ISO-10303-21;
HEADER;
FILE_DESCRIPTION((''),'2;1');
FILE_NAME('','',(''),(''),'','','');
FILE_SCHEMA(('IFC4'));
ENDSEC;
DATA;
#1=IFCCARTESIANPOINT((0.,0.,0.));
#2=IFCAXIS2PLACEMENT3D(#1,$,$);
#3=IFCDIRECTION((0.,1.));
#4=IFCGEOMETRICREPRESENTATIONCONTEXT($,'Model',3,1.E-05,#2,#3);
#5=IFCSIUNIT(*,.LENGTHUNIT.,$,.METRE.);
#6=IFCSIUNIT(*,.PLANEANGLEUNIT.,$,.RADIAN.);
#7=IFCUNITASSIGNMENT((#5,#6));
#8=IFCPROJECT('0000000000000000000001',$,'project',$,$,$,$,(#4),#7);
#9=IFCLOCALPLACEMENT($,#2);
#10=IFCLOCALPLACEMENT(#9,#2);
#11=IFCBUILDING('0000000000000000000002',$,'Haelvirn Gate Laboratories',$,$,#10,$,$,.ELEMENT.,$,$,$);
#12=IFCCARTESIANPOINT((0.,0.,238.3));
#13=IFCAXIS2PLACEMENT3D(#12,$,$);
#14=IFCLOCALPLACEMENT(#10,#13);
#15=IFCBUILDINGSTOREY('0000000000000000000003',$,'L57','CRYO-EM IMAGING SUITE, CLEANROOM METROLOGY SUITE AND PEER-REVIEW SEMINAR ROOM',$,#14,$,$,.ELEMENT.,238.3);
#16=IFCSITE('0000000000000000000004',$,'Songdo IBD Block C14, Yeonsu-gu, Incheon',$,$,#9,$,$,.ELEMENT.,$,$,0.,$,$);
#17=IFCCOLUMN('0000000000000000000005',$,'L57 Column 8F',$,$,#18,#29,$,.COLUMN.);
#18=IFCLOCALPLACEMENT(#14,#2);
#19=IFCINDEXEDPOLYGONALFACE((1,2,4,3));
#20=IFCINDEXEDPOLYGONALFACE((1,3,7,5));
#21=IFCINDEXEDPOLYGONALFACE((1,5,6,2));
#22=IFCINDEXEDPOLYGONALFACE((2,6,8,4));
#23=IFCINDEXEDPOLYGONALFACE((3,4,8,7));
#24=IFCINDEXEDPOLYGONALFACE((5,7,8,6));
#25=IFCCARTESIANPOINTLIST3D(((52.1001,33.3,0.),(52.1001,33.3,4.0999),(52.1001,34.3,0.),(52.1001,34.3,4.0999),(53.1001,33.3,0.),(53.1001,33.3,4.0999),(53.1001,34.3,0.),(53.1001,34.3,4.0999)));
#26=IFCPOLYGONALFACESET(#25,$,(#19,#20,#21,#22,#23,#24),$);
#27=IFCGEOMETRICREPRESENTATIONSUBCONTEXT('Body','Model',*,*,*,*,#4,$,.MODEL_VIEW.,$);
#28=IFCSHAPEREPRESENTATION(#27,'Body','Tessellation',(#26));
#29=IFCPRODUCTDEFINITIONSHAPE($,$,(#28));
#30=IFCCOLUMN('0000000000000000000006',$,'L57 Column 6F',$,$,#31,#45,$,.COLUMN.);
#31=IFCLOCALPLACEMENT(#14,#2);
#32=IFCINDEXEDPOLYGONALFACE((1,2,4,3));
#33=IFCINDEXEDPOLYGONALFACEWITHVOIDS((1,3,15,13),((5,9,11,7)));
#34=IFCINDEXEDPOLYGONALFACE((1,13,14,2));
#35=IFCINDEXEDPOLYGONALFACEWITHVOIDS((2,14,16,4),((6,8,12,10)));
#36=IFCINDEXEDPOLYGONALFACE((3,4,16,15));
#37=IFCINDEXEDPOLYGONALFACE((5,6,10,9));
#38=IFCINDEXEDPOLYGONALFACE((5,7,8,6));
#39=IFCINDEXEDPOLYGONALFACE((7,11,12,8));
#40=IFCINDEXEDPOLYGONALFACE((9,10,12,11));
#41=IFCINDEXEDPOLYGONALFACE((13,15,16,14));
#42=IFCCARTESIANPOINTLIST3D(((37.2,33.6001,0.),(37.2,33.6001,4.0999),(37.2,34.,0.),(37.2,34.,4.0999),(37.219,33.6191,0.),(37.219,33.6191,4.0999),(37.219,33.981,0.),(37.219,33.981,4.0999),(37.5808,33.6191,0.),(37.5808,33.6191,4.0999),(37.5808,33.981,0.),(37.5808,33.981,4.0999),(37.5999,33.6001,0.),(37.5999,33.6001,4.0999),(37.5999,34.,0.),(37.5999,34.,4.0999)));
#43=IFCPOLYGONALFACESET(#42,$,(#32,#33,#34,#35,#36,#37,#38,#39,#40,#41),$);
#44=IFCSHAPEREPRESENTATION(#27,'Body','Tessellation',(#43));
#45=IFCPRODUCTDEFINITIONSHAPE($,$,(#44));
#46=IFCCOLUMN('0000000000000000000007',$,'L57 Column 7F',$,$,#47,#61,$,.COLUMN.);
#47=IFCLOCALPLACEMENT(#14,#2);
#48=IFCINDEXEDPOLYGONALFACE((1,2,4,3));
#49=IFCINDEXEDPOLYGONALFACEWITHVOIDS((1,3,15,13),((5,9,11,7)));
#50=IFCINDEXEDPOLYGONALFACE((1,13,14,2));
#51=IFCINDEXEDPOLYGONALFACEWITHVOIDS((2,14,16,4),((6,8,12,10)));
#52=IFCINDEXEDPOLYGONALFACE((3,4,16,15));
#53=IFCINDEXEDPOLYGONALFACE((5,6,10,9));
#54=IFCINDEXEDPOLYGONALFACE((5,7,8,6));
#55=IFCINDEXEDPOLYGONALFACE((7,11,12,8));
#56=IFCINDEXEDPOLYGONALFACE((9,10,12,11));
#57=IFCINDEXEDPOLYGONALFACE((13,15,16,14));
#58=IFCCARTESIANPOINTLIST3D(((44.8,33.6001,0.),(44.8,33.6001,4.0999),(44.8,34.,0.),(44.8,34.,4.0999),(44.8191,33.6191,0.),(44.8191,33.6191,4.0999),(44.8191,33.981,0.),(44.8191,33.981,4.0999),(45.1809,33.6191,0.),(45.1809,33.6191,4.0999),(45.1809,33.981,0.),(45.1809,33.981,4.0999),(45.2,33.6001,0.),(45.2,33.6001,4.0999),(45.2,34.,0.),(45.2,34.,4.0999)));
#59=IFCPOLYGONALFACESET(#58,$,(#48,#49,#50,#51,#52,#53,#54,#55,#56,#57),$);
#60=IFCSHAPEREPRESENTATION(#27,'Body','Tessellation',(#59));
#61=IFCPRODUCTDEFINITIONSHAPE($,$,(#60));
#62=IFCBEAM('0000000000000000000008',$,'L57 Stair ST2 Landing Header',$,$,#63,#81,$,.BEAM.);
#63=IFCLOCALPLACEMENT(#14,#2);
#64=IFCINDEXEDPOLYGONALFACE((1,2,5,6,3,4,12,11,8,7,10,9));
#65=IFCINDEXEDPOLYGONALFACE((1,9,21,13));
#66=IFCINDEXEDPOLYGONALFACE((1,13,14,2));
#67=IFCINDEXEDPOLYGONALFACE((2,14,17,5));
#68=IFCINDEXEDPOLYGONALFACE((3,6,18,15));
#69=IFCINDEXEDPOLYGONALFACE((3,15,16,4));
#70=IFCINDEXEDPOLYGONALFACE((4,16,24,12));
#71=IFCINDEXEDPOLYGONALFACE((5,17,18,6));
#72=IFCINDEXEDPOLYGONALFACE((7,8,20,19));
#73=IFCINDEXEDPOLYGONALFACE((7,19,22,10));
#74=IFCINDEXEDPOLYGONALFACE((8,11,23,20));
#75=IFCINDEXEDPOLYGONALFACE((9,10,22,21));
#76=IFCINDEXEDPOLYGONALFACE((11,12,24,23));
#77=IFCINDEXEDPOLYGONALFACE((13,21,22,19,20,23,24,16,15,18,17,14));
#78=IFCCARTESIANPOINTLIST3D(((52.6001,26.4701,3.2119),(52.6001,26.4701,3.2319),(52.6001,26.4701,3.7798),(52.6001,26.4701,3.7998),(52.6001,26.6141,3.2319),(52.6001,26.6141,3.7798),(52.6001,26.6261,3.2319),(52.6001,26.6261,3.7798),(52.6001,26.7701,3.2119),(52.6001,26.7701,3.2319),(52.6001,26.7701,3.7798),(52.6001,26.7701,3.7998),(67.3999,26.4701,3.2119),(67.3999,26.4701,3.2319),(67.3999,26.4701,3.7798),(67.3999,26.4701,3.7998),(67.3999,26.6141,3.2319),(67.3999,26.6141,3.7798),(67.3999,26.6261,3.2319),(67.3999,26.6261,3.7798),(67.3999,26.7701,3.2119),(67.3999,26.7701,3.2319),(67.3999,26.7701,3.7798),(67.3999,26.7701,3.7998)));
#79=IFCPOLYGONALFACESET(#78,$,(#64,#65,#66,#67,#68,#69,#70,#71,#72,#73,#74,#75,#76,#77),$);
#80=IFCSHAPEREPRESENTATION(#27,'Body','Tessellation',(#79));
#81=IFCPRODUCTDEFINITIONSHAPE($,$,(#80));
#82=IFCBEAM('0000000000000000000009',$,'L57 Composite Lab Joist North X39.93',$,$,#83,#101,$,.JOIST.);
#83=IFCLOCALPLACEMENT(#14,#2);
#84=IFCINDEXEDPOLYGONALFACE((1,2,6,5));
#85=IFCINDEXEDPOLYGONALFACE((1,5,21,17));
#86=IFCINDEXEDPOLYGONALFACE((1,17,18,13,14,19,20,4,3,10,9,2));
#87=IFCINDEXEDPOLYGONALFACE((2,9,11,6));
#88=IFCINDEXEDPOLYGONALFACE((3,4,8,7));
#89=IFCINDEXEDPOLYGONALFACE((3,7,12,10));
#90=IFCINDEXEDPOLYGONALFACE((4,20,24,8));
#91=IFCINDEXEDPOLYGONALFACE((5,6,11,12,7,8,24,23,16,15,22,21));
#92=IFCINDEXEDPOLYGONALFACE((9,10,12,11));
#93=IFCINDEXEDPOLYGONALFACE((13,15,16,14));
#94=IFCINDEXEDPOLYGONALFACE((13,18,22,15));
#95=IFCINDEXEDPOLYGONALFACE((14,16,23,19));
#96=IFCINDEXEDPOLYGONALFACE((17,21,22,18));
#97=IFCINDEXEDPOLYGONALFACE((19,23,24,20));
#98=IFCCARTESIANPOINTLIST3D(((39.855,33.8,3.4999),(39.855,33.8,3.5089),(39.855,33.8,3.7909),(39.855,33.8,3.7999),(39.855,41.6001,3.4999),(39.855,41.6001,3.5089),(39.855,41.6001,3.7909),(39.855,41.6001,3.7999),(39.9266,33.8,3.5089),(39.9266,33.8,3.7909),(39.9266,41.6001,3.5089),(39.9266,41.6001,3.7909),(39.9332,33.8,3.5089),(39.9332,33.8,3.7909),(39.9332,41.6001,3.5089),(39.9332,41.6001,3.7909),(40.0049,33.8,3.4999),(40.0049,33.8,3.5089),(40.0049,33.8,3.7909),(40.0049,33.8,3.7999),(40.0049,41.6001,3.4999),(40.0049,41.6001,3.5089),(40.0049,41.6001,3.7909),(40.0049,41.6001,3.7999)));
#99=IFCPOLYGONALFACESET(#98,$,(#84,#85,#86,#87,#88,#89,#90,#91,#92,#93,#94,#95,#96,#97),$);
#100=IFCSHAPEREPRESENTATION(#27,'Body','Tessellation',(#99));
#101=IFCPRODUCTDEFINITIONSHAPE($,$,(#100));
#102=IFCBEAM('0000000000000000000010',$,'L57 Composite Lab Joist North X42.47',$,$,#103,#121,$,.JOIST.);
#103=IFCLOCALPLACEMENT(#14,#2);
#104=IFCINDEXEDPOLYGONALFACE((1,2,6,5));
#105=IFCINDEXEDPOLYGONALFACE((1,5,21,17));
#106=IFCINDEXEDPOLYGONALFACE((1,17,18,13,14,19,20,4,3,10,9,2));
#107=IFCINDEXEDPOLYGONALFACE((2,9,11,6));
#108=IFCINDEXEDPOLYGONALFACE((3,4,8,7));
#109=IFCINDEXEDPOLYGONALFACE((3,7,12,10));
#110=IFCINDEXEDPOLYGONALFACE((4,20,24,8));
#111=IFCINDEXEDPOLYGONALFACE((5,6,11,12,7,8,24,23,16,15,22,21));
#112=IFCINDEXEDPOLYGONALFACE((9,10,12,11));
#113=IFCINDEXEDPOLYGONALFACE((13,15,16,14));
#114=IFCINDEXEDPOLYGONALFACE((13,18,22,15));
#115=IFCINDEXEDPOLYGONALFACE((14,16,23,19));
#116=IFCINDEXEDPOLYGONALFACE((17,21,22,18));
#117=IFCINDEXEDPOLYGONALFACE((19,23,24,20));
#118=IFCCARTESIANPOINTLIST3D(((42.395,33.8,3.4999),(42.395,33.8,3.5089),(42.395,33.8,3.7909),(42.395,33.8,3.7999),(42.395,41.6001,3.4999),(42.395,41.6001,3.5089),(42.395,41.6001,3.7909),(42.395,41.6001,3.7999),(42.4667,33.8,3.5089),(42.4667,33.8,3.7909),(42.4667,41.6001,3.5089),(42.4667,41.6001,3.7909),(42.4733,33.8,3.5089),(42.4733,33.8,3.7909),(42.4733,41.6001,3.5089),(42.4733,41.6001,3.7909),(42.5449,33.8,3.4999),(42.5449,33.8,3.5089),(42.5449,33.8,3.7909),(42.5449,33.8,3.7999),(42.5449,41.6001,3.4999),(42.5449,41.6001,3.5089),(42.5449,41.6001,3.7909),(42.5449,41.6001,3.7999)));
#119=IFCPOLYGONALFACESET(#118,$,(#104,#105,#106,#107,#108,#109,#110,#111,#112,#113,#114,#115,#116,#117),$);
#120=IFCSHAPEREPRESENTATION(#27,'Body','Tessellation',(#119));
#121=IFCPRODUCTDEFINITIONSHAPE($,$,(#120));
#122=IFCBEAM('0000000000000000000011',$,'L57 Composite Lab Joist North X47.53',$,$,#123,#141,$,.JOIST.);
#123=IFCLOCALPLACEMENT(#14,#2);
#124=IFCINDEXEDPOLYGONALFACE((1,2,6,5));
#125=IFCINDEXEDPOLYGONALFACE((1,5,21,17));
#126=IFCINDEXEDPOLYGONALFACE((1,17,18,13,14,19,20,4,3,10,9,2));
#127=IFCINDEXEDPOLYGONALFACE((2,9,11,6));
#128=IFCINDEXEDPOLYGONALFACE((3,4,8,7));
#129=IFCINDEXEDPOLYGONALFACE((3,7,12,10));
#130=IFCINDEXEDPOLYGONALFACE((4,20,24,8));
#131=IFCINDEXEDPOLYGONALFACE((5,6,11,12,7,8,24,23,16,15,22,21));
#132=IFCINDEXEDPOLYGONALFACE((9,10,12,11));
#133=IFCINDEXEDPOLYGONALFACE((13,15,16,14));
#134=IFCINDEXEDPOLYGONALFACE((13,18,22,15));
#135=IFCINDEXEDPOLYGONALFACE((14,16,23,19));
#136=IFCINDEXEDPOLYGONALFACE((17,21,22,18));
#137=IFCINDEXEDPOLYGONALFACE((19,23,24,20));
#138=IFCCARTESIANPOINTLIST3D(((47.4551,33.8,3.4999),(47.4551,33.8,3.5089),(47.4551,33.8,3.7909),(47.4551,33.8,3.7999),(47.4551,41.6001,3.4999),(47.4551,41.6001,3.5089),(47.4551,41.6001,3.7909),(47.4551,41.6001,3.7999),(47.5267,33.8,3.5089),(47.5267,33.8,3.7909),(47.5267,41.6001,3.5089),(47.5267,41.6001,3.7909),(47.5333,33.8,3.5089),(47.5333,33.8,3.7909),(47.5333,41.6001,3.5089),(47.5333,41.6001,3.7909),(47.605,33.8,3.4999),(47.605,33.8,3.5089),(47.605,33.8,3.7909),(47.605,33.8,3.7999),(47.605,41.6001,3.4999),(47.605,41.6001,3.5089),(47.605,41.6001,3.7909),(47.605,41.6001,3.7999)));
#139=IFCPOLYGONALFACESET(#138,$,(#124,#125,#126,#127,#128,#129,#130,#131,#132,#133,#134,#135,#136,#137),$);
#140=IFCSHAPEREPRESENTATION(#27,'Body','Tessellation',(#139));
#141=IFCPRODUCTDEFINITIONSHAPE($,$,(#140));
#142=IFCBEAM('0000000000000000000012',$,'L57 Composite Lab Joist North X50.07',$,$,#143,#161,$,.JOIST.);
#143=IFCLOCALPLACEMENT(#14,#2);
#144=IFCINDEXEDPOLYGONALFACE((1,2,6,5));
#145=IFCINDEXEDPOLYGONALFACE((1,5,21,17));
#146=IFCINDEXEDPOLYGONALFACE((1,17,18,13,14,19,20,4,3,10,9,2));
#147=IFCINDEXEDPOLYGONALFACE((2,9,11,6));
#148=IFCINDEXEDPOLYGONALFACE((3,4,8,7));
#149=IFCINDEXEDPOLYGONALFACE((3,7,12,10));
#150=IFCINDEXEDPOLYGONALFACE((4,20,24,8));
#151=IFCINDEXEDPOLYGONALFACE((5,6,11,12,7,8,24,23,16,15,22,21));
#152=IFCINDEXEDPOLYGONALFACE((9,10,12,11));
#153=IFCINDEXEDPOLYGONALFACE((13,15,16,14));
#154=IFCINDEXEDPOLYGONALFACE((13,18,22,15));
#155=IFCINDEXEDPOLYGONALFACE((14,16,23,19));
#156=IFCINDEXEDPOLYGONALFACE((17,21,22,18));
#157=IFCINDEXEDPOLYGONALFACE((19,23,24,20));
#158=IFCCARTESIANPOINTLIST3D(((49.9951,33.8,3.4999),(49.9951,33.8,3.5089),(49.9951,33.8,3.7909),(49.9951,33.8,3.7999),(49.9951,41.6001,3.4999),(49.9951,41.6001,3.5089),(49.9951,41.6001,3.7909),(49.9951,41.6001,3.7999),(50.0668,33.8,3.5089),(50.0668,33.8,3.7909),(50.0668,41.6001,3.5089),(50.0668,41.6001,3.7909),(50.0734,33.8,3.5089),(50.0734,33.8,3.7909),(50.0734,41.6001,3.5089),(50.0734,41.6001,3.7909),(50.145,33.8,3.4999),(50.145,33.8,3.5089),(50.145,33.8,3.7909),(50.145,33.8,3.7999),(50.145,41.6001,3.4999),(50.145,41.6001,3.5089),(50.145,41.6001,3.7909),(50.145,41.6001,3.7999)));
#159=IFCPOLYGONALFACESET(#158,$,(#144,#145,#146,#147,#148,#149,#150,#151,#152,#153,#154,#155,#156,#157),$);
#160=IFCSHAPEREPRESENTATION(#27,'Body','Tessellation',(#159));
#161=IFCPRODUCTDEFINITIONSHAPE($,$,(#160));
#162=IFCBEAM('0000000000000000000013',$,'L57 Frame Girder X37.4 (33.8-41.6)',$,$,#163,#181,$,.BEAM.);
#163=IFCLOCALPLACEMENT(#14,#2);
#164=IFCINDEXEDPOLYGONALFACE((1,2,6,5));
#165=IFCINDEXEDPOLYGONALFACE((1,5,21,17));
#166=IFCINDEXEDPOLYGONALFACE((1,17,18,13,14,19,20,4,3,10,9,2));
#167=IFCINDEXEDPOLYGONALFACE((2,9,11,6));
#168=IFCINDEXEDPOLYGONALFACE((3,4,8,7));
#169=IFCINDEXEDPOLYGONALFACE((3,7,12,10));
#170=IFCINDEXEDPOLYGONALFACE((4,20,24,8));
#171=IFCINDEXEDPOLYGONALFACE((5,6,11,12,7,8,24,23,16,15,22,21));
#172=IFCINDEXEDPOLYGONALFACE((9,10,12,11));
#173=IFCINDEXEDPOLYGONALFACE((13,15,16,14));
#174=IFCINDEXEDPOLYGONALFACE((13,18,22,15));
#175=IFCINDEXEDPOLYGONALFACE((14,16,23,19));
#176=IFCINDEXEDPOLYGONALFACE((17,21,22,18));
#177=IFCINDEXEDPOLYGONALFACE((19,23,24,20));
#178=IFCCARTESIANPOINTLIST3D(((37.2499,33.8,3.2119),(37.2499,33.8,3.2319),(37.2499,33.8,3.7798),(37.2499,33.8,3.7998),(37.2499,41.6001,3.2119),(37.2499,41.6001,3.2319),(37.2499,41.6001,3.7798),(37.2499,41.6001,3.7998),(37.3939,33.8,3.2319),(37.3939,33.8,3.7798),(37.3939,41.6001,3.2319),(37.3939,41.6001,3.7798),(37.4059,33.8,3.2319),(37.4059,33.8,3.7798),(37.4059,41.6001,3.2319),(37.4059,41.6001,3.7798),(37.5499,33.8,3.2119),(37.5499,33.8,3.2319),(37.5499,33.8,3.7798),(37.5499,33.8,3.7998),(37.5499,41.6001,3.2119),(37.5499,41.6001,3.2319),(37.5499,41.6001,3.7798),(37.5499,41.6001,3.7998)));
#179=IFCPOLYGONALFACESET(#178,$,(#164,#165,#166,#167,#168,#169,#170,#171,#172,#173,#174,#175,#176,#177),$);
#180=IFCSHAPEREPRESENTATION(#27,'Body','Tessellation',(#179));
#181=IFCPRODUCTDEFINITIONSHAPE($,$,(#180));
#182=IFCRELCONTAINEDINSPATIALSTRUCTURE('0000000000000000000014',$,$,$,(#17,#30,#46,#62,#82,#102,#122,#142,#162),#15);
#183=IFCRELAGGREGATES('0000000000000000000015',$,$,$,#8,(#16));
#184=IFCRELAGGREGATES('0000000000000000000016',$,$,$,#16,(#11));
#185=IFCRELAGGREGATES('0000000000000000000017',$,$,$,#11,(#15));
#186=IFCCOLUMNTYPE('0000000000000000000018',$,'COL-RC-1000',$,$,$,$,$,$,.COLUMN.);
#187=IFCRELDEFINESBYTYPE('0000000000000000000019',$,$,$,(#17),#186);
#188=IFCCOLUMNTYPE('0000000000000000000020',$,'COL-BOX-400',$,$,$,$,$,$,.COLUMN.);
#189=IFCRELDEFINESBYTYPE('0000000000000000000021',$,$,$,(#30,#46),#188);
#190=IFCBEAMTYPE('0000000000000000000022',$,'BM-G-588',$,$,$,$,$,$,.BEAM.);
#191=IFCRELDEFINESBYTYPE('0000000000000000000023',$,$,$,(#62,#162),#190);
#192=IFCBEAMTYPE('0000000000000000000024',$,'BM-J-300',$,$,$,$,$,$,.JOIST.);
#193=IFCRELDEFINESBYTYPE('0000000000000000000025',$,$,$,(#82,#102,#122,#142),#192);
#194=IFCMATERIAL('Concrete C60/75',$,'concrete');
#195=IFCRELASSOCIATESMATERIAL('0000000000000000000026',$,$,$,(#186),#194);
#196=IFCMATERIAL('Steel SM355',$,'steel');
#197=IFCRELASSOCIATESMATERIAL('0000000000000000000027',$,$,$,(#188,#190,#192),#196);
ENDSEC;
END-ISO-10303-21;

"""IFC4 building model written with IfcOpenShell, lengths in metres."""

from ifc_helpers import new_model, si_unit, direction, frame, origin, origin_2d, place, context, subcontext, project, spatial, rectangle, hollow_rectangle, i_section, extrude, source, transform, mapped, material, material_profile, profile_set, type_object, type_shapes, element, save


model = new_model("IFC4")

# Units and contexts
model_context = context("Model", 3, precision=1e-05, world=origin(), true_north=direction((0.0, 1.0)))
body_context = subcontext(model_context, "Body", "Model", "MODEL_VIEW")
ifc_project = project(units=[si_unit("LENGTHUNIT", "METRE"), si_unit("PLANEANGLEUNIT", "RADIAN")], contexts=[model_context])

# Site, building, storey
site_placement = place(None, origin())
site = spatial("IfcSite", under=ifc_project, at=site_placement, Name="Songdo IBD Block C14, Yeonsu-gu, Incheon", CompositionType="ELEMENT", RefElevation=0.0)
building_placement = place(site_placement, origin())
building = spatial("IfcBuilding", under=site, at=building_placement, Name="Haelvirn Gate Laboratories", CompositionType="ELEMENT")
storey_placement = place(building_placement, frame((0.0, 0.0, 238.3)))
storey = spatial("IfcBuildingStorey", under=building, at=storey_placement, Name="L57", Description="CRYO-EM IMAGING SUITE, CLEANROOM METROLOGY SUITE AND PEER-REVIEW SEMINAR ROOM", CompositionType="ELEMENT", Elevation=238.3)

# Columns
ifc_material_1 = material(Name="Concrete C60/75", Category="concrete")
ifc_material_profile_1 = material_profile(ifc_material_1, rectangle(XDim=1.0, YDim=1.0, at=origin_2d()), Name="RC-1000x1000")
ifc_profile_set_1 = profile_set([ifc_material_profile_1], Name="Concrete C60/75")
column_type_1 = type_object("IfcColumnType", Name="COL-RC-1000", PredefinedType="COLUMN", material=ifc_profile_set_1)
shared_shape_1 = source(origin(), body_context, "Body", "SweptSolid", [
    extrude(rectangle(XDim=1.0, YDim=1.0, at=origin_2d()), origin(), (0.0, 0.0, 1.0), 4.0999),
])
type_shapes(column_type_1, [shared_shape_1])
column_placement = place(storey_placement, frame((52.6001, 33.8, 0.0), z_axis=(0.0, 0.0, 1.0), x_axis=(1.0, 0.0, 0.0)))
element("IfcColumn", 1, at=column_placement, inside=storey, type_object=column_type_1, Name="L57 Column 8F", PredefinedType="COLUMN", context=body_context, shape_type="MappedRepresentation", body=[
    mapped(shared_shape_1, transform((0.0, 0.0, 0.0), scale=1.0)),
])
ifc_material_2 = material(Name="Steel SM355", Category="steel")
ifc_material_profile_2 = material_profile(ifc_material_2, hollow_rectangle(XDim=0.3999, YDim=0.3999, WallThickness=0.019, at=origin_2d()), Name="BOX-400x400x19")
ifc_profile_set_2 = profile_set([ifc_material_profile_2], Name="Steel SM355")
column_type_2 = type_object("IfcColumnType", Name="COL-BOX-400", PredefinedType="COLUMN", material=ifc_profile_set_2)
shared_shape_2 = source(origin(), body_context, "Body", "SweptSolid", [
    extrude(hollow_rectangle(XDim=0.3999, YDim=0.3999, WallThickness=0.019, at=origin_2d()), origin(), (0.0, 0.0, 1.0), 4.0999),
])
type_shapes(column_type_2, [shared_shape_2])
for number, where, z_axis, x_axis, name in (
    (2, (37.3999, 33.8, 0.0), (0.0, 0.0, 1.0), (1.0, 0.0, 0.0), "L57 Column 6F"),
    (3, (45.0, 33.8, 0.0), (0.0, 0.0, 1.0), (1.0, 0.0, 0.0), "L57 Column 7F"),
):
    element("IfcColumn", number, at=place(storey_placement, frame(where, z_axis=z_axis, x_axis=x_axis)), inside=storey, type_object=column_type_2, Name=name, PredefinedType="COLUMN", context=body_context, shape_type="MappedRepresentation", body=[
        mapped(shared_shape_2, transform((0.0, 0.0, 0.0), scale=1.0)),
    ])

# Beams
ifc_material_profile_3 = material_profile(ifc_material_2, i_section(OverallWidth=0.3, OverallDepth=0.5879, WebThickness=0.012, FlangeThickness=0.02, at=origin_2d()), Name="H-588x300x12x20")
ifc_profile_set_3 = profile_set([ifc_material_profile_3], Name="Steel SM355")
beam_type_1 = type_object("IfcBeamType", Name="BM-G-588", PredefinedType="BEAM", material=ifc_profile_set_3)
shared_shape_3 = source(origin(), body_context, "Body", "SweptSolid", [
    extrude(i_section(OverallWidth=0.3, OverallDepth=0.5879, WebThickness=0.012, FlangeThickness=0.02, at=origin_2d()), origin(), (0.0, 0.0, 1.0), 14.7998),
])
beam_1_placement = place(storey_placement, frame((52.6001, 26.6201, 3.5059), z_axis=(1.0, 0.0, 0.0), x_axis=(0.0, 1.0, 0.0)))
element("IfcBeam", 4, at=beam_1_placement, inside=storey, type_object=beam_type_1, Name="L57 Stair ST2 Landing Header", PredefinedType="BEAM", context=body_context, shape_type="MappedRepresentation", body=[
    mapped(shared_shape_3, transform((0.0, 0.0, 0.0), scale=1.0)),
])
ifc_material_profile_4 = material_profile(ifc_material_2, i_section(OverallWidth=0.1499, OverallDepth=0.3, WebThickness=0.0066, FlangeThickness=0.009, at=origin_2d()), Name="H-300x150x6.5x9")
ifc_profile_set_4 = profile_set([ifc_material_profile_4], Name="Steel SM355")
beam_type_2 = type_object("IfcBeamType", Name="BM-J-300", PredefinedType="JOIST", material=ifc_profile_set_4)
shared_shape_4 = source(origin(), body_context, "Body", "SweptSolid", [
    extrude(i_section(OverallWidth=0.1499, OverallDepth=0.3, WebThickness=0.0066, FlangeThickness=0.009, at=origin_2d()), origin(), (0.0, 0.0, 1.0), 7.8),
])
type_shapes(beam_type_2, [shared_shape_4])
for number, where, z_axis, x_axis, name in (
    (5, (39.9299, 33.8, 3.6499), (0.0, 1.0, 0.0), (-1.0, 0.0, 0.0), "L57 Composite Lab Joist North X39.93"),
    (6, (42.47, 33.8, 3.6499), (0.0, 1.0, 0.0), (-1.0, 0.0, 0.0), "L57 Composite Lab Joist North X42.47"),
    (7, (47.53, 33.8, 3.6499), (0.0, 1.0, 0.0), (-1.0, 0.0, 0.0), "L57 Composite Lab Joist North X47.53"),
    (8, (50.0701, 33.8, 3.6499), (0.0, 1.0, 0.0), (-1.0, 0.0, 0.0), "L57 Composite Lab Joist North X50.07"),
):
    element("IfcBeam", number, at=place(storey_placement, frame(where, z_axis=z_axis, x_axis=x_axis)), inside=storey, type_object=beam_type_2, Name=name, PredefinedType="JOIST", context=body_context, shape_type="MappedRepresentation", body=[
        mapped(shared_shape_4, transform((0.0, 0.0, 0.0), scale=1.0)),
    ])
shared_shape_5 = source(origin(), body_context, "Body", "SweptSolid", [
    extrude(i_section(OverallWidth=0.3, OverallDepth=0.5879, WebThickness=0.012, FlangeThickness=0.02, at=origin_2d()), origin(), (0.0, 0.0, 1.0), 7.8),
])
type_shapes(beam_type_1, [shared_shape_3, shared_shape_5])
for number, where, z_axis, x_axis, name in (
    (9, (37.3999, 33.8, 3.5059), (0.0, 1.0, 0.0), (-1.0, 0.0, 0.0), "L57 Frame Girder X37.4 (33.8-41.6)"),
):
    element("IfcBeam", number, at=place(storey_placement, frame(where, z_axis=z_axis, x_axis=x_axis)), inside=storey, type_object=beam_type_1, Name=name, PredefinedType="BEAM", context=body_context, shape_type="MappedRepresentation", body=[
        mapped(shared_shape_5, transform((0.0, 0.0, 0.0), scale=1.0)),
    ])

save(model, "model.ifc")
